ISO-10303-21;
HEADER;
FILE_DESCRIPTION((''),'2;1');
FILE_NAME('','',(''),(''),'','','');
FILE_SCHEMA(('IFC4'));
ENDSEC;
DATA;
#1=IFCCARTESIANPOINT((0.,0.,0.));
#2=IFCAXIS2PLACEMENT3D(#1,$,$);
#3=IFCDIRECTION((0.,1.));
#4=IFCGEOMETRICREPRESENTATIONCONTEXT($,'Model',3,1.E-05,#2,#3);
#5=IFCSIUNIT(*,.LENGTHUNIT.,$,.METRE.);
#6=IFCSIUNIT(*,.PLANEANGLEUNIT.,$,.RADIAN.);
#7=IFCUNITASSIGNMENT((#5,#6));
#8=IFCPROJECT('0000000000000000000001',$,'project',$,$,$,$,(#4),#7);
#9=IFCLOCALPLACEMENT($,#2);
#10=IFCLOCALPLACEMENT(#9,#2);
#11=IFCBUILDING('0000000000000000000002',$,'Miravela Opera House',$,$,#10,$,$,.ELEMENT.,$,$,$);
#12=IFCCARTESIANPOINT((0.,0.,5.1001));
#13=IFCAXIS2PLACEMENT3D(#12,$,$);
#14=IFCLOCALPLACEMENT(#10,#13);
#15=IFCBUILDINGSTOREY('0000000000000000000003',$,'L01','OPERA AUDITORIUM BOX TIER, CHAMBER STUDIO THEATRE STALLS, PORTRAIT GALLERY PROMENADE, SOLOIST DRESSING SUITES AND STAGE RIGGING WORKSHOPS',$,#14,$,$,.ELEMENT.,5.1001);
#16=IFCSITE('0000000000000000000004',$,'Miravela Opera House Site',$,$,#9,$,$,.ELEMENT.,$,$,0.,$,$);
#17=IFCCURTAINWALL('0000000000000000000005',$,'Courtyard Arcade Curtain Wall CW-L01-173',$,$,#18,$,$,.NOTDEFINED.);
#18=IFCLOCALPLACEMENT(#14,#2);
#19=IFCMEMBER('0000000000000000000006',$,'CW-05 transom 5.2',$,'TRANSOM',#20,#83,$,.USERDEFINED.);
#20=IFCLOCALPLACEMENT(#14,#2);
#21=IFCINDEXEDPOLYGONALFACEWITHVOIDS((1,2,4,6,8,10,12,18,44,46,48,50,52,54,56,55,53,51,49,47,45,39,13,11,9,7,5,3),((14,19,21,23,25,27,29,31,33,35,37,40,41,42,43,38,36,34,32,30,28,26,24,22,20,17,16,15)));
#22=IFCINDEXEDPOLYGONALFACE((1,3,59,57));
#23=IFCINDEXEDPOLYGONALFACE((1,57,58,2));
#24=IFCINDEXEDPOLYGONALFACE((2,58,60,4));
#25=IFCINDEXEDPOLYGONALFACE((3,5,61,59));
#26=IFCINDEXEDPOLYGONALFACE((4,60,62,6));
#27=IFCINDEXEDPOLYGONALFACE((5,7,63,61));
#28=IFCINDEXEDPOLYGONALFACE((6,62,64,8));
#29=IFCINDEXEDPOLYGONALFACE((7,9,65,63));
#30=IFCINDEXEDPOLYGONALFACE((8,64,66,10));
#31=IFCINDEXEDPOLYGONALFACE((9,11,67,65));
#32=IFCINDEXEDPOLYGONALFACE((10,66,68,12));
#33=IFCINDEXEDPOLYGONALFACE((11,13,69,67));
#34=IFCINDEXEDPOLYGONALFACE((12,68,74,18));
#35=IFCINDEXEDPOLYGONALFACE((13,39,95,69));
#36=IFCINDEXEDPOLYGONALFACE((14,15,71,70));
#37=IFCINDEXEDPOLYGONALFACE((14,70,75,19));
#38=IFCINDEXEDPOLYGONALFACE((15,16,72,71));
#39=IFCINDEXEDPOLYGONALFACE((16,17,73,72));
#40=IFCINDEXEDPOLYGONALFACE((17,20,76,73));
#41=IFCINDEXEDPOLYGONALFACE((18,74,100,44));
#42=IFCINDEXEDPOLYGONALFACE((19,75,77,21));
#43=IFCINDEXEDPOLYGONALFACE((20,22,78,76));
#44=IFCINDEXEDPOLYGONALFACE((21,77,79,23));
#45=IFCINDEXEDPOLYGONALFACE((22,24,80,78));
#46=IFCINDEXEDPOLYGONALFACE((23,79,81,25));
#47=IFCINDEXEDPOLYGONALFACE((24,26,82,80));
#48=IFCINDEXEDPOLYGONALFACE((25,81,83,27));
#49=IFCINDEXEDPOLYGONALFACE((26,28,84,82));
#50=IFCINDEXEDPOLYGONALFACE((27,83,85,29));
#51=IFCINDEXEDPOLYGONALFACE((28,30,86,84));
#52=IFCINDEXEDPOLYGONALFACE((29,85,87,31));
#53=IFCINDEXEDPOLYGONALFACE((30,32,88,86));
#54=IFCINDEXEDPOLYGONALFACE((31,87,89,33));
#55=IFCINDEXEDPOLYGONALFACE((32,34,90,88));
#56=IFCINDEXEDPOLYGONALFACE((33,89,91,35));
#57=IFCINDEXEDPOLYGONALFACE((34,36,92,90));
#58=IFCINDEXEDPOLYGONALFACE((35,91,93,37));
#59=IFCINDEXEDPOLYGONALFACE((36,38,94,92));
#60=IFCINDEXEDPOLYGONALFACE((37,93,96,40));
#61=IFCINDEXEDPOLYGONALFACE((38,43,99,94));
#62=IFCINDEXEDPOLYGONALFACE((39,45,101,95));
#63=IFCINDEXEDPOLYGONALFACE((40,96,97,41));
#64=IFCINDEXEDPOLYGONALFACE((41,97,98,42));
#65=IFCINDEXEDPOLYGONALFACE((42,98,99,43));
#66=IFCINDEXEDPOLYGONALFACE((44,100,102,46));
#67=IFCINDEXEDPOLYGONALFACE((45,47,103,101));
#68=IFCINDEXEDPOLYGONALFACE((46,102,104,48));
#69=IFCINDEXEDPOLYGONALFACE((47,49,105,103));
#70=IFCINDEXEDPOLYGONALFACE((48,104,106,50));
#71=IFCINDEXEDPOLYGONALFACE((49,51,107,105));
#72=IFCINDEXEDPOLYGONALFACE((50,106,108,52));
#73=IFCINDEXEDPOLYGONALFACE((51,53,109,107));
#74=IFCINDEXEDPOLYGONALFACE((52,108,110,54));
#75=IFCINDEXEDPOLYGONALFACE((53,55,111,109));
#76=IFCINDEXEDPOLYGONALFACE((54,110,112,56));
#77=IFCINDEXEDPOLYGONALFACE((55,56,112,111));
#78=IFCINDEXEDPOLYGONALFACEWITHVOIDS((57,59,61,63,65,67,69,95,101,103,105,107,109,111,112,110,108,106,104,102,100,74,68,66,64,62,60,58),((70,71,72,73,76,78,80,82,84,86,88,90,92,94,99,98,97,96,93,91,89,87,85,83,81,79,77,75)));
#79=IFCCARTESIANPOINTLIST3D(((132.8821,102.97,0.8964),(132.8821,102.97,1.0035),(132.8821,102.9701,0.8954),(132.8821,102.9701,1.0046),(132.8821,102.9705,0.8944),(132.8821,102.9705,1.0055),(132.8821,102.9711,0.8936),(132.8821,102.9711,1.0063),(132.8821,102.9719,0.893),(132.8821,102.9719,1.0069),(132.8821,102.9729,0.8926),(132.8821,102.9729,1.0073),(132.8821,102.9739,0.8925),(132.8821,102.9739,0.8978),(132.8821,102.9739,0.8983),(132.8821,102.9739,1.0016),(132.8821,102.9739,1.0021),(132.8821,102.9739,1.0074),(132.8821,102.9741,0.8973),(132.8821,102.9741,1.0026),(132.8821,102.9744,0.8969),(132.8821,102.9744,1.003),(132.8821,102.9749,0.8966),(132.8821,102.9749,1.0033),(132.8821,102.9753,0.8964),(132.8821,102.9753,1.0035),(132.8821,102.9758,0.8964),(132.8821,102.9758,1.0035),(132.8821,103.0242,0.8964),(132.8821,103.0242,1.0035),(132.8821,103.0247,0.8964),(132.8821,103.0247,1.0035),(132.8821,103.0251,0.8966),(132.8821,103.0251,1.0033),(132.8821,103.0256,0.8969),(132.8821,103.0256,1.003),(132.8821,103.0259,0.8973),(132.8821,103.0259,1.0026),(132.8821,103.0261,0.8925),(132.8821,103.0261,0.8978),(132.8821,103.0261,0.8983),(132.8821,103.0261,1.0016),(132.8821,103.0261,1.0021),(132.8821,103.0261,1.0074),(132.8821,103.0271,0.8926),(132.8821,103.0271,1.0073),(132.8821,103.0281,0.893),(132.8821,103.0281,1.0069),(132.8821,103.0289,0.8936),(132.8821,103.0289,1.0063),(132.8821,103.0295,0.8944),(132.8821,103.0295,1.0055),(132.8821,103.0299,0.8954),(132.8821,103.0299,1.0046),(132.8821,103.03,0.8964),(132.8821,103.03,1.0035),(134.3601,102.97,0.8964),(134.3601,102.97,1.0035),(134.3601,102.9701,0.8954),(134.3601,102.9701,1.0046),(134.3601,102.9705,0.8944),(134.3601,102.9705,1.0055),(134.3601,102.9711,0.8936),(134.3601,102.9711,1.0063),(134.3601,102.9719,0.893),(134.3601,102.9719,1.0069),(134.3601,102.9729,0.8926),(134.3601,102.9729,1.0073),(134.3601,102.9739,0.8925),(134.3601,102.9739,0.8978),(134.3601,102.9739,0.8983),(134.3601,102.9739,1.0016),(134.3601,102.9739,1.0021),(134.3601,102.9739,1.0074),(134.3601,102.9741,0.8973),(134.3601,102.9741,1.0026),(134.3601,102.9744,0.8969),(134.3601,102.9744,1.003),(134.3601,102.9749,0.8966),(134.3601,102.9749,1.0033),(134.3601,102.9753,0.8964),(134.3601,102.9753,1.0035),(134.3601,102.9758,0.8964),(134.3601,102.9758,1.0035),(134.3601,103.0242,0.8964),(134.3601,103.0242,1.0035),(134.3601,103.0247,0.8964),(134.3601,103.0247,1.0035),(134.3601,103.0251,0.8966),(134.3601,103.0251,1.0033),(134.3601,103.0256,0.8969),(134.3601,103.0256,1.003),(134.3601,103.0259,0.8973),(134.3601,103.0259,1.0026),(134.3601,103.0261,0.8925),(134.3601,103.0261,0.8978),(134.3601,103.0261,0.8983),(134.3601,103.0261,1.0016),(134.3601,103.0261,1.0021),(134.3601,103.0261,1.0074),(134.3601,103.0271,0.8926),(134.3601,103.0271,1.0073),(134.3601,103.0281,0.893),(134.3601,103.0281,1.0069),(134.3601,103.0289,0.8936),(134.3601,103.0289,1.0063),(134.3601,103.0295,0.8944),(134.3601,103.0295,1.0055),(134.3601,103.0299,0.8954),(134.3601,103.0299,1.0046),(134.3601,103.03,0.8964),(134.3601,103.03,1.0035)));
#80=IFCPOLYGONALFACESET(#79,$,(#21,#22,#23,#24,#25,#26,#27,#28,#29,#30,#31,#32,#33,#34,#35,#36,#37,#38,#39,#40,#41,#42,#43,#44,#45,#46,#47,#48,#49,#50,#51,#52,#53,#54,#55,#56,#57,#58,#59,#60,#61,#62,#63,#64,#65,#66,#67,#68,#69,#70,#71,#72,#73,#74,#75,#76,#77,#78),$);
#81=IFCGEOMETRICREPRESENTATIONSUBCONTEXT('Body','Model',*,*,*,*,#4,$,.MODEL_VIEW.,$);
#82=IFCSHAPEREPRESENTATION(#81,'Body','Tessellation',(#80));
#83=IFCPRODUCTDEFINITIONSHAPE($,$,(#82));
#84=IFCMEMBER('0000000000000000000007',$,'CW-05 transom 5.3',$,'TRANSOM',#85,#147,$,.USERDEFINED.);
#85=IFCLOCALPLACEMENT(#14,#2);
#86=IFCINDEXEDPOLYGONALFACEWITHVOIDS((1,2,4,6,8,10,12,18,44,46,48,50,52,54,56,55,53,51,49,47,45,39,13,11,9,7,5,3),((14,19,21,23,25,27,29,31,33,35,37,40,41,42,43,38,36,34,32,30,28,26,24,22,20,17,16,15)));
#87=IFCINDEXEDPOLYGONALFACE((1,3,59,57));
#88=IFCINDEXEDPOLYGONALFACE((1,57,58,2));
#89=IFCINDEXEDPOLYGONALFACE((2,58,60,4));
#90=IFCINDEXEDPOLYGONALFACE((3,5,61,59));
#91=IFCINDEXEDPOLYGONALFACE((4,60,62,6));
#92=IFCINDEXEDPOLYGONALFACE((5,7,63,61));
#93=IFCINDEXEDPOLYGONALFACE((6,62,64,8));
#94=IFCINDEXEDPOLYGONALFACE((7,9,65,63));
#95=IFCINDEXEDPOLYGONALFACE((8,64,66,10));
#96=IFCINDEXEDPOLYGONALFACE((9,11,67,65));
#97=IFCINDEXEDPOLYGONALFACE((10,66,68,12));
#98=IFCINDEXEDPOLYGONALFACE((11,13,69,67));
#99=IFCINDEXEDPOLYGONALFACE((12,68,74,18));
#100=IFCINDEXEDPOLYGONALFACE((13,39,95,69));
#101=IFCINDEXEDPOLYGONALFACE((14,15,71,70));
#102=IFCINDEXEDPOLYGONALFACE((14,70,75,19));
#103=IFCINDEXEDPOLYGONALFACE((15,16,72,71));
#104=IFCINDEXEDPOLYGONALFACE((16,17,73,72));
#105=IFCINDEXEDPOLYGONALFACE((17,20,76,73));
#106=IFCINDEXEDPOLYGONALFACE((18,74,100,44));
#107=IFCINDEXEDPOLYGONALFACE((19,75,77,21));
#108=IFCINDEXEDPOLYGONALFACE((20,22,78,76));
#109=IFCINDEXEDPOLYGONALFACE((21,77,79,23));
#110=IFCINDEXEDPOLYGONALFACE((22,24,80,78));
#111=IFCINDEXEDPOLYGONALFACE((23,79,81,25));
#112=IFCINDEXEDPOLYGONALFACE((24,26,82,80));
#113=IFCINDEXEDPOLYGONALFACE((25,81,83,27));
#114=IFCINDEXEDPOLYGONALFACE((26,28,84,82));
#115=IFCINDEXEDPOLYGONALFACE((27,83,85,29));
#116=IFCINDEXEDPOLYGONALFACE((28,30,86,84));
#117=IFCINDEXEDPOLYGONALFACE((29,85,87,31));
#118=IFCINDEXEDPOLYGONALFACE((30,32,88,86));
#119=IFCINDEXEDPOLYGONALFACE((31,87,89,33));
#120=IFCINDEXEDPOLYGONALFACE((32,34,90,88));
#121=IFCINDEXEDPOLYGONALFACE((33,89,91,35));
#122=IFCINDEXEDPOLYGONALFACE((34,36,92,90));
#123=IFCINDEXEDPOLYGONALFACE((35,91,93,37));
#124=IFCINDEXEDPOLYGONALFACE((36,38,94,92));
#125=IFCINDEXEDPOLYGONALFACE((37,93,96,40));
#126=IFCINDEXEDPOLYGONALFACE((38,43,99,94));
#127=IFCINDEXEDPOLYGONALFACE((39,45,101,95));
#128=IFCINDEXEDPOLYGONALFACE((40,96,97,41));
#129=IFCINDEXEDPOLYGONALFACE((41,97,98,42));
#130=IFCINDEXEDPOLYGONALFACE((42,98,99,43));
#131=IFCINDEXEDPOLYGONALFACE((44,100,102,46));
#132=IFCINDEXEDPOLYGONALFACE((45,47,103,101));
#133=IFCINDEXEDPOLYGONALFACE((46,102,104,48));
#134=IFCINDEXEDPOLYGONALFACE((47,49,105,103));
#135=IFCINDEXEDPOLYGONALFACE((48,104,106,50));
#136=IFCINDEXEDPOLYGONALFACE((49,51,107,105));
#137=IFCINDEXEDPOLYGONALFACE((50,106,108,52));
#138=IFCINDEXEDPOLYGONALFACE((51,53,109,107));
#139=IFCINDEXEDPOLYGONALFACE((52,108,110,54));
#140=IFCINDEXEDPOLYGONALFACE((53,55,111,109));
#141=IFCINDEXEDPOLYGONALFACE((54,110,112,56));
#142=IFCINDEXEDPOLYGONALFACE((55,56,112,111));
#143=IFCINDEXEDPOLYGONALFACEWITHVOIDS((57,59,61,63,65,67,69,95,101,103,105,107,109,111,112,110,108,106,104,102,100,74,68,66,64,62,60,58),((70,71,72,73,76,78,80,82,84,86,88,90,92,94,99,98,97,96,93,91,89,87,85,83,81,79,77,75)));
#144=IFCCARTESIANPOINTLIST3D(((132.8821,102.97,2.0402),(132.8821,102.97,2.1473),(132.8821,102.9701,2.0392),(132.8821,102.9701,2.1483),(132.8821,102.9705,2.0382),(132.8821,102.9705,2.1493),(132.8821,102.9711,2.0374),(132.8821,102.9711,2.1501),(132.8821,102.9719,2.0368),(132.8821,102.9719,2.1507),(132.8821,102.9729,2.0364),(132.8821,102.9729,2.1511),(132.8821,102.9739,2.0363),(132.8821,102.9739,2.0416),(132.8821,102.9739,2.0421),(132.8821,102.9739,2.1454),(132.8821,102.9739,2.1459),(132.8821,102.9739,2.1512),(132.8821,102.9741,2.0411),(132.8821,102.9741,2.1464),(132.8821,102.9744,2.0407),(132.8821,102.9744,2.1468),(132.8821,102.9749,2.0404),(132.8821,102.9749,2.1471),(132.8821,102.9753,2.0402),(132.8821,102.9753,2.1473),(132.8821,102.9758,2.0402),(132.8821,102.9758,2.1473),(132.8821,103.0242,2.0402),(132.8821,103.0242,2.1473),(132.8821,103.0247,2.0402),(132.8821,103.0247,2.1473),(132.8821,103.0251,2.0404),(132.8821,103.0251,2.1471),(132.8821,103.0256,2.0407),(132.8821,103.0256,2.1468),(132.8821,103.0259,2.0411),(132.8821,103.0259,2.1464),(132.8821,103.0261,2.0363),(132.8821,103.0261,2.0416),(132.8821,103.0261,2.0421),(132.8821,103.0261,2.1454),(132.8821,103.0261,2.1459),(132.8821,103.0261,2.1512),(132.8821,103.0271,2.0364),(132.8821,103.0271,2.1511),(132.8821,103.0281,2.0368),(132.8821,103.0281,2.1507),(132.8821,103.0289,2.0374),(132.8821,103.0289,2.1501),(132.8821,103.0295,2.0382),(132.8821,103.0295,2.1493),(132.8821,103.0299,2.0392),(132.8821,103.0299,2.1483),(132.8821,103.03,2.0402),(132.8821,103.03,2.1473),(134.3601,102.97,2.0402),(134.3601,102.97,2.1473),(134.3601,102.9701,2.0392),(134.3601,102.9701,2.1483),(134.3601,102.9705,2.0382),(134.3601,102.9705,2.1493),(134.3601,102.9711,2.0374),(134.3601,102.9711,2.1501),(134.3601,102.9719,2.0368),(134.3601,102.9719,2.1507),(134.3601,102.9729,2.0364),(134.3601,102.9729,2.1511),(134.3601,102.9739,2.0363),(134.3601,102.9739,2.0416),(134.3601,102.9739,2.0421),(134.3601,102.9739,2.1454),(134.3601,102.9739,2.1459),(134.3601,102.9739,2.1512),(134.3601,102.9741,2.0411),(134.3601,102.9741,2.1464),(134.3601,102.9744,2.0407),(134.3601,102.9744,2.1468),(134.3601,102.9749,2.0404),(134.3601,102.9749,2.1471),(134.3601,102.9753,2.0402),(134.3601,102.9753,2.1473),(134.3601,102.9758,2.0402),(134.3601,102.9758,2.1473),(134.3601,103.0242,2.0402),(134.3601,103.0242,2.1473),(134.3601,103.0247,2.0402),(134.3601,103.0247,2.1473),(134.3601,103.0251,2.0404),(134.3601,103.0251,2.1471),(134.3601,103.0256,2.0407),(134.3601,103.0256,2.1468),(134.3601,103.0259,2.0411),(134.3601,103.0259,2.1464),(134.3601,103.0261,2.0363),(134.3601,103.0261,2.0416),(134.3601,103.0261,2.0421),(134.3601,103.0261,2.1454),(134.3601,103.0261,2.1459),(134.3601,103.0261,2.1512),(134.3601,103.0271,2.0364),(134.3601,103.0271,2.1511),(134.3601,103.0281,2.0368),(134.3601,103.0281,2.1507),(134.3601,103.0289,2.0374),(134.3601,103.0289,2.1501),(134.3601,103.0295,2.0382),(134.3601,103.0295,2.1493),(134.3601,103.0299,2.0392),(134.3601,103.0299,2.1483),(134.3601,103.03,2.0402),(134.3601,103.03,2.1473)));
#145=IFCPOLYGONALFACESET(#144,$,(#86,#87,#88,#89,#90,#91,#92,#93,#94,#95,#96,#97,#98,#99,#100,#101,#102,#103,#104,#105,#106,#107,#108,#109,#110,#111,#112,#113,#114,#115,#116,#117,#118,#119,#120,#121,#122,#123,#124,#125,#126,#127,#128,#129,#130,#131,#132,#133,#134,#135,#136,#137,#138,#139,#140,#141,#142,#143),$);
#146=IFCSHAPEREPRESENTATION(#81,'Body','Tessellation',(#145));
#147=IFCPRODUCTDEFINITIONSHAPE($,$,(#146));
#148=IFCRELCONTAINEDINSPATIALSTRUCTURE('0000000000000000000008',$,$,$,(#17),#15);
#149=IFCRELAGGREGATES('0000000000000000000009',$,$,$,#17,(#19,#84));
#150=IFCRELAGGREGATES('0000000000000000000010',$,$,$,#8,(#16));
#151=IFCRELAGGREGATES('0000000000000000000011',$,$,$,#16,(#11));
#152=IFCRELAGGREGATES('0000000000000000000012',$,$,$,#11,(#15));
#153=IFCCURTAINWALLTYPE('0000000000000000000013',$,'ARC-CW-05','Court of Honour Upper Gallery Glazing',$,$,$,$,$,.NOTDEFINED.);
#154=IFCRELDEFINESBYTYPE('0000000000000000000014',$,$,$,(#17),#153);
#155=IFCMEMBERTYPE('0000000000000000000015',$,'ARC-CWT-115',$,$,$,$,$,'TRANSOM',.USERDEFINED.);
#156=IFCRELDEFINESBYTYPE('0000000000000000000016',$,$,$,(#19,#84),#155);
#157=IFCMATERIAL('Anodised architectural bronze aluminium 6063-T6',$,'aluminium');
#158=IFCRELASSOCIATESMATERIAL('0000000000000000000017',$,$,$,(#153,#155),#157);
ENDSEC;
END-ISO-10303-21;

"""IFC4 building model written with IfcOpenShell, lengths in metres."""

from ifc_helpers import new_model, si_unit, direction, frame, origin, origin_2d, place, context, subcontext, project, spatial, hollow_rectangle, extrude, material, material_profile, profile_set, type_object, element, aggregate, save


model = new_model("IFC4")

# Units and contexts
model_context = context("Model", 3, precision=1e-05, world=origin(), true_north=direction((0.0, 1.0)))
body_context = subcontext(model_context, "Body", "Model", "MODEL_VIEW")
ifc_project = project(units=[si_unit("LENGTHUNIT", "METRE"), si_unit("PLANEANGLEUNIT", "RADIAN")], contexts=[model_context])

# Site, building, storey
site_placement = place(None, origin())
site = spatial("IfcSite", under=ifc_project, at=site_placement, Name="Miravela Opera House Site", CompositionType="ELEMENT", RefElevation=0.0)
building_placement = place(site_placement, origin())
building = spatial("IfcBuilding", under=site, at=building_placement, Name="Miravela Opera House", CompositionType="ELEMENT")
storey_placement = place(building_placement, frame((0.0, 0.0, 5.1001)))
storey = spatial("IfcBuildingStorey", under=building, at=storey_placement, Name="L01", Description="OPERA AUDITORIUM BOX TIER, CHAMBER STUDIO THEATRE STALLS, PORTRAIT GALLERY PROMENADE, SOLOIST DRESSING SUITES AND STAGE RIGGING WORKSHOPS", CompositionType="ELEMENT", Elevation=5.1001)

# Curtain wall
ifc_material_1 = material(Name="Anodised architectural bronze aluminium 6063-T6", Category="aluminium")
curtain_wall_type = type_object("IfcCurtainWallType", Name="ARC-CW-05", Description="Court of Honour Upper Gallery Glazing", PredefinedType="NOTDEFINED", material=ifc_material_1)
curtain_wall_1_placement = place(storey_placement, origin())
curtain_wall_1 = element("IfcCurtainWall", 1, at=curtain_wall_1_placement, inside=storey, type_object=curtain_wall_type, Name="Courtyard Arcade Curtain Wall CW-L01-173", PredefinedType="NOTDEFINED")

# Members
ifc_material_profile_1 = material_profile(ifc_material_1, hollow_rectangle(XDim=0.0601, YDim=0.115, WallThickness=0.0039, InnerFilletRadius=0.002, OuterFilletRadius=0.0039, at=origin_2d()), Name="CWT-60X115")
ifc_profile_set_1 = profile_set([ifc_material_profile_1])
member_type_1 = type_object("IfcMemberType", Name="ARC-CWT-115", ElementType="TRANSOM", PredefinedType="USERDEFINED", material=ifc_profile_set_1)
member_1_placement = place(storey_placement, frame((132.8821, 103.0, 0.95), z_axis=(1.0, 0.0, 0.0), x_axis=(0.0, 1.0, 0.0)))
member_1 = element("IfcMember", 2, at=member_1_placement, type_object=member_type_1, Name="CW-05 transom 5.2", ObjectType="TRANSOM", PredefinedType="USERDEFINED", context=body_context, shape_type="SweptSolid", body=[
    extrude(hollow_rectangle(XDim=0.0601, YDim=0.115, WallThickness=0.0039, InnerFilletRadius=0.002, OuterFilletRadius=0.0039, at=origin_2d()), origin(), (0.0, 0.0, 1.0), 1.478),
])
member_2_placement = place(storey_placement, frame((132.8821, 103.0, 2.0938), z_axis=(1.0, 0.0, 0.0), x_axis=(0.0, 1.0, 0.0)))
member_2 = element("IfcMember", 3, at=member_2_placement, type_object=member_type_1, Name="CW-05 transom 5.3", ObjectType="TRANSOM", PredefinedType="USERDEFINED", context=body_context, shape_type="SweptSolid", body=[
    extrude(hollow_rectangle(XDim=0.0601, YDim=0.115, WallThickness=0.0039, InnerFilletRadius=0.002, OuterFilletRadius=0.0039, at=origin_2d()), origin(), (0.0, 0.0, 1.0), 1.478),
])

aggregate(curtain_wall_1, [member_1, member_2])

save(model, "model.ifc")
